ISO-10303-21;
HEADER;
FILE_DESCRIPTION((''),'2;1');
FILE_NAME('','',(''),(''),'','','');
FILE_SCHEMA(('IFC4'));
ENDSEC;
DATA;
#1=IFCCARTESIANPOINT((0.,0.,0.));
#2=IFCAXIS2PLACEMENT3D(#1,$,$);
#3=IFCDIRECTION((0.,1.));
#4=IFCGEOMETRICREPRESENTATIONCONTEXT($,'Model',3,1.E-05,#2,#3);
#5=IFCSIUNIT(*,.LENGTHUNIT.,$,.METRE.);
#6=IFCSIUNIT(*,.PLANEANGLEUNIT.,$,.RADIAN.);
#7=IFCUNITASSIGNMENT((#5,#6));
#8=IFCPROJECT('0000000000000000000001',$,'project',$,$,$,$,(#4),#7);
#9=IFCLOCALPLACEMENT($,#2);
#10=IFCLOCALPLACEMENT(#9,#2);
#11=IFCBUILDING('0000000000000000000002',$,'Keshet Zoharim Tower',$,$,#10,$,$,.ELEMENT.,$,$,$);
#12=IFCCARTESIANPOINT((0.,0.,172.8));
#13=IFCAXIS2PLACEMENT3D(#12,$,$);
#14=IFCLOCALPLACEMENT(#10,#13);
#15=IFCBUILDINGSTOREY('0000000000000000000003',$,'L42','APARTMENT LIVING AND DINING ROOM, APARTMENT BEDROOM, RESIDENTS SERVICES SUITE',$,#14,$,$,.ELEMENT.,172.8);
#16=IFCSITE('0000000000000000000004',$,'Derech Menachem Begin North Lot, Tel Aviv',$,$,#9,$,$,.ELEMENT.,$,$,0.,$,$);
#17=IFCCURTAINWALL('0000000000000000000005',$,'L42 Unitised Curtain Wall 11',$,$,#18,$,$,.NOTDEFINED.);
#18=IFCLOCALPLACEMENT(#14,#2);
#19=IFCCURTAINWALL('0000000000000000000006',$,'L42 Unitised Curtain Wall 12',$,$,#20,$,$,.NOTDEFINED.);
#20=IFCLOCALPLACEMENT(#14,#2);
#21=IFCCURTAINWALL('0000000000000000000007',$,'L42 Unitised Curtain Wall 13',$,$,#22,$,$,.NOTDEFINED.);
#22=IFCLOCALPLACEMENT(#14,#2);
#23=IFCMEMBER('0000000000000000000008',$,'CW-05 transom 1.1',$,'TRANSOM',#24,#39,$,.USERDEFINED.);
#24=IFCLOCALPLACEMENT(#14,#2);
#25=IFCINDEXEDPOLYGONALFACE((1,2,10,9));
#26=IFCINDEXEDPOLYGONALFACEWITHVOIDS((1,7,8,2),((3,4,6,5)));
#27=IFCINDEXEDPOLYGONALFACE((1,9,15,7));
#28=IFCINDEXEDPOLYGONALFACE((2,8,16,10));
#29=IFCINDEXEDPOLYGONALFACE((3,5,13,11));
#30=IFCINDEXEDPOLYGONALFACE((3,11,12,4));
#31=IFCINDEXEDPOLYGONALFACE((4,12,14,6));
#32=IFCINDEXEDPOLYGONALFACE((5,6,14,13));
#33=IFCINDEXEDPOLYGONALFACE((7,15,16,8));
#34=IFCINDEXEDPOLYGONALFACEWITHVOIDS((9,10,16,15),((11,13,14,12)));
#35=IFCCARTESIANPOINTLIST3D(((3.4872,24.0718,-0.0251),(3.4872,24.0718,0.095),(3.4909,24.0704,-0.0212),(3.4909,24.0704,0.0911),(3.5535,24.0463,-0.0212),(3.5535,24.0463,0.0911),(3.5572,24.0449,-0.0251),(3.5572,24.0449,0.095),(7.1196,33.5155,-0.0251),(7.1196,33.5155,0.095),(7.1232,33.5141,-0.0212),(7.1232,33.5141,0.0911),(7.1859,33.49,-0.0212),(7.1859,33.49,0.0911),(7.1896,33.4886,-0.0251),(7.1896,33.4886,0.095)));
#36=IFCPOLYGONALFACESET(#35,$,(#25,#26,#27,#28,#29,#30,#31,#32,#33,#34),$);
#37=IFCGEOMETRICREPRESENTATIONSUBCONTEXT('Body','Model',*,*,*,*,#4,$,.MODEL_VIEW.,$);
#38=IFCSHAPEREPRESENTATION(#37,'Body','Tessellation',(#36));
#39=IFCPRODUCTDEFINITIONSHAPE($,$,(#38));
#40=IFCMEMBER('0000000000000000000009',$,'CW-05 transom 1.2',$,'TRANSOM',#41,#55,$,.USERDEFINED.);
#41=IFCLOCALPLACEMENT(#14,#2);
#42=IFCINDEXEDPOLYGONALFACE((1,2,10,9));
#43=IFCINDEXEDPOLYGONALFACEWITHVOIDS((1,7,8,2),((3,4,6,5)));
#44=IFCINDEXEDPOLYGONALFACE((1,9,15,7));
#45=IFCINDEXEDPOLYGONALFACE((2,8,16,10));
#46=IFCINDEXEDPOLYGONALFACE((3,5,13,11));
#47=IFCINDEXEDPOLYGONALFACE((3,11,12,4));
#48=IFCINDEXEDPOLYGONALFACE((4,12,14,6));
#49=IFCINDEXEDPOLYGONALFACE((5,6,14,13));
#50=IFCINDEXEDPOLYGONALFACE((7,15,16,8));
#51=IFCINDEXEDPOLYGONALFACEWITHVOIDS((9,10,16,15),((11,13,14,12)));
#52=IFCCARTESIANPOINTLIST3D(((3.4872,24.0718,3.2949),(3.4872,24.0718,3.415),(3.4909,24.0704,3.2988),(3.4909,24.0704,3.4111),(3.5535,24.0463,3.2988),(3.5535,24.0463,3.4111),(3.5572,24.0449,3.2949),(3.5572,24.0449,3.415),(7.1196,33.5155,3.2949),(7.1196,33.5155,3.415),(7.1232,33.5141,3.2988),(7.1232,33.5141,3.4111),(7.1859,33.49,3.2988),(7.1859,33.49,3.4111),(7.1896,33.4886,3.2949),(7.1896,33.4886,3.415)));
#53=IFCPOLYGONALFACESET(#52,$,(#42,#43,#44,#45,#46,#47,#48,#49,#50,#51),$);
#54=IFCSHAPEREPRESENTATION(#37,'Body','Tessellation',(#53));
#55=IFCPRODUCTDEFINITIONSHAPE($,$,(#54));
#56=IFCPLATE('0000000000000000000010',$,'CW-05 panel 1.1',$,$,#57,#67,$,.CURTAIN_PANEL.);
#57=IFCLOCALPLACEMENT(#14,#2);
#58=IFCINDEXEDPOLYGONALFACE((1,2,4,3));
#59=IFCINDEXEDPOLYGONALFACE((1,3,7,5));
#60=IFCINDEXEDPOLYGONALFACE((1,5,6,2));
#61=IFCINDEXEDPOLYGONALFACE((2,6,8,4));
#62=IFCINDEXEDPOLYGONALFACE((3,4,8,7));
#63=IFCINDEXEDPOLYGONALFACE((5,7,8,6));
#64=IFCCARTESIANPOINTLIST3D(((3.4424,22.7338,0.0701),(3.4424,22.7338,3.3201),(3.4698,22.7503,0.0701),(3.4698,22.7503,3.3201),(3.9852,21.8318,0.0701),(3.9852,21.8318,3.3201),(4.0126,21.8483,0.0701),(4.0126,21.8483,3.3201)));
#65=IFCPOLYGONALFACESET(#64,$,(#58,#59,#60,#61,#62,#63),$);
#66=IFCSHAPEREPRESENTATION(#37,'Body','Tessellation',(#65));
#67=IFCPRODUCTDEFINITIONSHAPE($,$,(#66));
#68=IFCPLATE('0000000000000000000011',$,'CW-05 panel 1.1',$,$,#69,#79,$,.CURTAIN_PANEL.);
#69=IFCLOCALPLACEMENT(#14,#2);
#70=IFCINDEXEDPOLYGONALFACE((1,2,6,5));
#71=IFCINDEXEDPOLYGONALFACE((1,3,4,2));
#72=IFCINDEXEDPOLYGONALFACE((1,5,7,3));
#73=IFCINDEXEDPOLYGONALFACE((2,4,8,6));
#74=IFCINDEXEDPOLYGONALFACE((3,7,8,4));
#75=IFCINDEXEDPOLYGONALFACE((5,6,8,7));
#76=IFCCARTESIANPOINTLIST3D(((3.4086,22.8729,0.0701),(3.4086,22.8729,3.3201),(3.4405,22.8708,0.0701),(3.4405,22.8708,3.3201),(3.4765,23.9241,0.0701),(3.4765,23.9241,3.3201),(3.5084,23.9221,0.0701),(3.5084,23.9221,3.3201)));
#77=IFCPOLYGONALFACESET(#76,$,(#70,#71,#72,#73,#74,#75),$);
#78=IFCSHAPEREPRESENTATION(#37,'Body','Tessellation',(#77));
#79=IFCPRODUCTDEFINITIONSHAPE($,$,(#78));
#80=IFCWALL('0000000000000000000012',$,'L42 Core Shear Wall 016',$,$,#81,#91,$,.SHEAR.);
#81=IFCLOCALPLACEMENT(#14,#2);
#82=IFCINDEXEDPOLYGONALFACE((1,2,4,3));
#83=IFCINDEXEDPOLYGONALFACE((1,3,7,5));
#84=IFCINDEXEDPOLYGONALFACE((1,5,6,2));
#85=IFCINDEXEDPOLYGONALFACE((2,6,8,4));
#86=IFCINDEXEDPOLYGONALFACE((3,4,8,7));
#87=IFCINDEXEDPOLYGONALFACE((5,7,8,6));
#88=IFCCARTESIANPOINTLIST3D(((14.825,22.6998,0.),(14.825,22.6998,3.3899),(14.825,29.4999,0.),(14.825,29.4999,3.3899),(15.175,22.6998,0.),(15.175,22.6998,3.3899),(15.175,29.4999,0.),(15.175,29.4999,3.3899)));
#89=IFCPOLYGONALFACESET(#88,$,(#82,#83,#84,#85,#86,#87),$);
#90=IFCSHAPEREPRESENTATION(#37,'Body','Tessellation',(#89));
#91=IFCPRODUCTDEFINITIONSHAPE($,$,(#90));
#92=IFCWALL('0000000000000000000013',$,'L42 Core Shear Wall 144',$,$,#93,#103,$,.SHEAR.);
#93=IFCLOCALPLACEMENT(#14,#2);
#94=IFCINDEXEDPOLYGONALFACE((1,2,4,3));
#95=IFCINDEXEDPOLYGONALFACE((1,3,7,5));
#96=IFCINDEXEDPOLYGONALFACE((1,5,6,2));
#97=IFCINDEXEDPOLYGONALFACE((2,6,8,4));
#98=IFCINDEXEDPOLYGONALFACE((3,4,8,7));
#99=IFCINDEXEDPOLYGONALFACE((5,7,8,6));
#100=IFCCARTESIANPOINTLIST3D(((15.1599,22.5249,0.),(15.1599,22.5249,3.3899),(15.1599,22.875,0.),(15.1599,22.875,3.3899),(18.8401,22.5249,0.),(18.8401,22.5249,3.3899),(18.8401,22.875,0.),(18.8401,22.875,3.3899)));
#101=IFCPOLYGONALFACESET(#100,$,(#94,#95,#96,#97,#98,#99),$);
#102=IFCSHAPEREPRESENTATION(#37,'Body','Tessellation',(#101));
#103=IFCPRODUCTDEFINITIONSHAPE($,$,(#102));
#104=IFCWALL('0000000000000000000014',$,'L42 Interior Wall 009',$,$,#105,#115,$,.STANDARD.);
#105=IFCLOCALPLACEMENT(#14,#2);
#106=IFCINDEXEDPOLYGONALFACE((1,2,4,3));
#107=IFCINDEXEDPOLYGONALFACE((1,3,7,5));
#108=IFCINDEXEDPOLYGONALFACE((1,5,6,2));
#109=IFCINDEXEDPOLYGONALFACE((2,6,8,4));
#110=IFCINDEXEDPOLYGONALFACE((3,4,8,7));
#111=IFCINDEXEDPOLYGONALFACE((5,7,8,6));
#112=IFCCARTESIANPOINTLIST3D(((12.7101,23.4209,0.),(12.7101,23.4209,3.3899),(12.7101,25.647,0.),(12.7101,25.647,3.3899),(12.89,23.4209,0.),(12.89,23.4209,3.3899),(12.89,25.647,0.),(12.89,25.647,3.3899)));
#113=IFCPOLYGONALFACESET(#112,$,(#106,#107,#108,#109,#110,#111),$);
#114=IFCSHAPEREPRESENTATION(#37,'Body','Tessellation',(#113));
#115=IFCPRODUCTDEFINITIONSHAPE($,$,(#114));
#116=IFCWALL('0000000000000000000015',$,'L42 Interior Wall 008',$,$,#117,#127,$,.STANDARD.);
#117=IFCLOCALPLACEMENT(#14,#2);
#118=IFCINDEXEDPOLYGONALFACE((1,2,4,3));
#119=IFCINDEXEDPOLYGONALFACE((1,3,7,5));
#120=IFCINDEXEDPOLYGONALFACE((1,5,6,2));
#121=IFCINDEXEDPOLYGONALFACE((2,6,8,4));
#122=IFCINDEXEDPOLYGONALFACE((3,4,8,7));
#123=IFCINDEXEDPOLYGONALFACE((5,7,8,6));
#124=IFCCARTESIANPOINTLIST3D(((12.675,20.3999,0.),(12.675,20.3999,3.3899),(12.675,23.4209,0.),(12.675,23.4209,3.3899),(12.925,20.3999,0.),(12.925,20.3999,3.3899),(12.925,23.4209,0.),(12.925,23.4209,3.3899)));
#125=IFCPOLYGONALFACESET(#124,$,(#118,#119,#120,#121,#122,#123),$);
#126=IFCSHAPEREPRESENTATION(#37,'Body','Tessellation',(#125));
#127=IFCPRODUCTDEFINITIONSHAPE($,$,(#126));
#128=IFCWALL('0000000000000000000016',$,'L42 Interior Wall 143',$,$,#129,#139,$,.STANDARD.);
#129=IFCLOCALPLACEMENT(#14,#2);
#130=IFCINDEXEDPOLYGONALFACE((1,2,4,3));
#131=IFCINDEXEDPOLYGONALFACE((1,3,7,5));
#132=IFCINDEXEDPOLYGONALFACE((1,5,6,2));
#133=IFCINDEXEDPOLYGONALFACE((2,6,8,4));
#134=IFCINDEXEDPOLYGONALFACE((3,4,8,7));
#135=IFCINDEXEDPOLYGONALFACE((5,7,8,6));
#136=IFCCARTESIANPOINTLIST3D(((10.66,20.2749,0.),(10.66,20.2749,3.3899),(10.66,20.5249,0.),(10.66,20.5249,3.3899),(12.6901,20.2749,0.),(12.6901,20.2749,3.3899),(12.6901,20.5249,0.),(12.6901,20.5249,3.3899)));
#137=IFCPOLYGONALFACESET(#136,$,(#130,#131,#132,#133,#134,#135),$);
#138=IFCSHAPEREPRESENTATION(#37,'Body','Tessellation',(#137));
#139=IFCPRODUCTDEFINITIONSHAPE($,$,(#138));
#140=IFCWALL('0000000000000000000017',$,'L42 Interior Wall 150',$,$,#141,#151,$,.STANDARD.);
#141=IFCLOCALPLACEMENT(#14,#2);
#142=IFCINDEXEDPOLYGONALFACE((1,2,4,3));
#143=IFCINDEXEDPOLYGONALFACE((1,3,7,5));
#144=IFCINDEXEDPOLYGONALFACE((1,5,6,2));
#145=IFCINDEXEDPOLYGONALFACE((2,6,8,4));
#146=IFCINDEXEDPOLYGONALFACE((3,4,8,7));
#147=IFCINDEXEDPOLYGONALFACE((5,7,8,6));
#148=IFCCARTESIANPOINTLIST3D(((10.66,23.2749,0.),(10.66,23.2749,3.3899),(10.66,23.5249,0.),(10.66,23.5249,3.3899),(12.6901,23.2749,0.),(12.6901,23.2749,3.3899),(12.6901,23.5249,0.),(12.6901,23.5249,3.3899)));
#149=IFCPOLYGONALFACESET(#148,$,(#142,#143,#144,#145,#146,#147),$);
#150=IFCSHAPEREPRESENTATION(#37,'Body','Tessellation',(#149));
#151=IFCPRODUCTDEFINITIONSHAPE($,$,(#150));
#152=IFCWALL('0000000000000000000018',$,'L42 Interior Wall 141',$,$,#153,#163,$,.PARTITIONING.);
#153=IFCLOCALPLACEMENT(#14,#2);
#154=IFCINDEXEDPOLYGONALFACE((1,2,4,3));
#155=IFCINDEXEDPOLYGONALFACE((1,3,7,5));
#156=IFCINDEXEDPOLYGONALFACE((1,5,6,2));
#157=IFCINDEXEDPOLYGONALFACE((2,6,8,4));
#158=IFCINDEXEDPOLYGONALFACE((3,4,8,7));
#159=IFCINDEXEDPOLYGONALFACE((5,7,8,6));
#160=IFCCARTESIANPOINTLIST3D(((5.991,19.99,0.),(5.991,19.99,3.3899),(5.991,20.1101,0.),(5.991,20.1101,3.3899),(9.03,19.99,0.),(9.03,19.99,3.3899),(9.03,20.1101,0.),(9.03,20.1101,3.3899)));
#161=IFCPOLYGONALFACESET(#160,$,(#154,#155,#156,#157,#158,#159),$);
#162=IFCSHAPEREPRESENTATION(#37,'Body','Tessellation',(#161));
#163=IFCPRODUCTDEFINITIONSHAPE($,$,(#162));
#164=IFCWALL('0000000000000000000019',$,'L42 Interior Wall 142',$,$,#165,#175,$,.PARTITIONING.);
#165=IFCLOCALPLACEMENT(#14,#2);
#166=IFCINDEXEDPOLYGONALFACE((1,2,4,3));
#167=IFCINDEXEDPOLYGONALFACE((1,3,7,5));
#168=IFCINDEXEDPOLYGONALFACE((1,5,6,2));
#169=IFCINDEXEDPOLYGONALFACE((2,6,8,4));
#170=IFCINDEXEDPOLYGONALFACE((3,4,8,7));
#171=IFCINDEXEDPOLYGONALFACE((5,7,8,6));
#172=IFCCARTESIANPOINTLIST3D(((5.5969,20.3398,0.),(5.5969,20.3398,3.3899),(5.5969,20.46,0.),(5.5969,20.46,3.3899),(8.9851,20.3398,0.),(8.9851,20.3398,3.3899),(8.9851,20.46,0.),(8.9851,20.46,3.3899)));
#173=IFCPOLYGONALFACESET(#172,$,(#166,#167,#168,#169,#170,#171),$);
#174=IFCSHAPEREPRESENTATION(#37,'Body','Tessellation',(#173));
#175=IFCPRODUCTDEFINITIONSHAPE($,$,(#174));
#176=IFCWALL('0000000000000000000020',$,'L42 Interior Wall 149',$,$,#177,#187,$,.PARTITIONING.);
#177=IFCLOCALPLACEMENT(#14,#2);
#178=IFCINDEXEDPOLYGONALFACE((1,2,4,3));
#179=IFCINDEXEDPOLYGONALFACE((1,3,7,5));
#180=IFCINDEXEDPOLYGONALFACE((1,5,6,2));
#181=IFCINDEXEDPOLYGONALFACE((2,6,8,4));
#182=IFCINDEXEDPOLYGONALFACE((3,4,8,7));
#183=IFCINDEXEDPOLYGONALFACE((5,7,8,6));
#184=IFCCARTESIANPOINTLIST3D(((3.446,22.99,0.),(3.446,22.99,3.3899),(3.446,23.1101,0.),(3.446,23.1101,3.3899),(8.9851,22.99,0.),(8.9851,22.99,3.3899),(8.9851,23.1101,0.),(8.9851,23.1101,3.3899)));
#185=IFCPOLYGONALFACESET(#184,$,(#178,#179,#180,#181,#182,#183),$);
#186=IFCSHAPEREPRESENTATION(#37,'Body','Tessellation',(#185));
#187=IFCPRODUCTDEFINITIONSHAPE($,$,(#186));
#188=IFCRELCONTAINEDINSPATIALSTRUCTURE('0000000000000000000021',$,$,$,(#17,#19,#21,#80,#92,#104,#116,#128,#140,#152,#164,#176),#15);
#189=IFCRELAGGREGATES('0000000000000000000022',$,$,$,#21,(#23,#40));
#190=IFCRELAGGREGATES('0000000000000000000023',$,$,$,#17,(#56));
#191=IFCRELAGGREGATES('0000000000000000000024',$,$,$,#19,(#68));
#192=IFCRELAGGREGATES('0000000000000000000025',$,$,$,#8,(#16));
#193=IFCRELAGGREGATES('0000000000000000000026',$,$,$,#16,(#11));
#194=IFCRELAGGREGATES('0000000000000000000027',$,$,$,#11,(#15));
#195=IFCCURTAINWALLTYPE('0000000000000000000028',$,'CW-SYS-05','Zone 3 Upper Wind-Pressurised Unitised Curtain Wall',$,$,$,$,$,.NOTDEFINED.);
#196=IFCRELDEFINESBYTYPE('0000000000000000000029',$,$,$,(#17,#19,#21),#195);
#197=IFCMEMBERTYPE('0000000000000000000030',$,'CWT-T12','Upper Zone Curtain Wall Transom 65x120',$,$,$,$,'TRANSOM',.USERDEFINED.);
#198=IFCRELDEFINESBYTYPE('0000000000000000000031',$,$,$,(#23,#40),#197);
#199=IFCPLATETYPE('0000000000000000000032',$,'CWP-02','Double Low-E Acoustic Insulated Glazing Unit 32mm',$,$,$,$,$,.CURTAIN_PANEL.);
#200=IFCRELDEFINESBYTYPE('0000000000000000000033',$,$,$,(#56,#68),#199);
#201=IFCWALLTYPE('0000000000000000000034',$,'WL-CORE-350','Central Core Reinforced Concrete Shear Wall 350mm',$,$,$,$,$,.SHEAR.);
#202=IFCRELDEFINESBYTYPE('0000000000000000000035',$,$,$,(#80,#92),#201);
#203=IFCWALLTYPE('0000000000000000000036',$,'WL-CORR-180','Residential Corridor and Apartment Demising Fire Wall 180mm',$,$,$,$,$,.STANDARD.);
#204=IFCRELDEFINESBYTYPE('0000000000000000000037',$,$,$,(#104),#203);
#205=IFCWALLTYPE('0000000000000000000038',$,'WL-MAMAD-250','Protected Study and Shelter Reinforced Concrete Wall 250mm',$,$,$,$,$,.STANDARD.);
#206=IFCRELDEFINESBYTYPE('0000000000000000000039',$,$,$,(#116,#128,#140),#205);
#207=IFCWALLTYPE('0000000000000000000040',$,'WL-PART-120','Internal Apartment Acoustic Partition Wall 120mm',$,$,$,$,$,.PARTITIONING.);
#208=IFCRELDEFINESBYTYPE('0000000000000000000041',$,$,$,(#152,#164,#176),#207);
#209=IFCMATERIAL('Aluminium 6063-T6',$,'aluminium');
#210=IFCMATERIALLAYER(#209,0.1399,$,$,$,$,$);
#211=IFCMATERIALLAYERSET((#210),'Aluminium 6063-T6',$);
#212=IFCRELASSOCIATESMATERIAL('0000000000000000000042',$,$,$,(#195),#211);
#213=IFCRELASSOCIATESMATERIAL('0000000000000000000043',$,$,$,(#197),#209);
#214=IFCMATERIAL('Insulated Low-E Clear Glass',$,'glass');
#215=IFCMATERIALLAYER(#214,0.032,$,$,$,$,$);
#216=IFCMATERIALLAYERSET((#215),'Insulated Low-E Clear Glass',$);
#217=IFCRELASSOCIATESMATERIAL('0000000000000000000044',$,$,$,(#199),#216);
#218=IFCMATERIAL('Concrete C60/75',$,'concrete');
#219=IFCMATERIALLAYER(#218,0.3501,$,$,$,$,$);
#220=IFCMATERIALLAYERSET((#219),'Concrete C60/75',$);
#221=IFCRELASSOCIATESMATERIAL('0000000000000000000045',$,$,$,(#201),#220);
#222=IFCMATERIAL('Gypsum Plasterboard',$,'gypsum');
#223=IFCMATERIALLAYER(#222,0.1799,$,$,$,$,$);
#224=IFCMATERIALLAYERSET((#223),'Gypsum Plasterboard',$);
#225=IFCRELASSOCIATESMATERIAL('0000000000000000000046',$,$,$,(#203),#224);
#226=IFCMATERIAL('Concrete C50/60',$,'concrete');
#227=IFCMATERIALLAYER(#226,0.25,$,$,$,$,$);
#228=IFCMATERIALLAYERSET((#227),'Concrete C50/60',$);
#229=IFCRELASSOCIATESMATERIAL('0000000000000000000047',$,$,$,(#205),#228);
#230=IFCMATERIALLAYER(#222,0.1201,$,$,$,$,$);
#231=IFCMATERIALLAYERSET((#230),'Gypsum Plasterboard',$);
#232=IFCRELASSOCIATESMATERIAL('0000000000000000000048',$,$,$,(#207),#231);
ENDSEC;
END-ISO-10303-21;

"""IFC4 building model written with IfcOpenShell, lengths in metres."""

from ifc_helpers import new_model, si_unit, direction, frame, frame_2d, origin, origin_2d, place, context, subcontext, project, spatial, rectangle, hollow_rectangle, extrude, material, layer, layer_set, material_profile, profile_set, type_object, element, aggregate, save


model = new_model("IFC4")

# Units and contexts
model_context = context("Model", 3, precision=1e-05, world=origin(), true_north=direction((0.0, 1.0)))
body_context = subcontext(model_context, "Body", "Model", "MODEL_VIEW")
ifc_project = project(units=[si_unit("LENGTHUNIT", "METRE"), si_unit("PLANEANGLEUNIT", "RADIAN")], contexts=[model_context])

# Site, building, storey
site_placement = place(None, origin())
site = spatial("IfcSite", under=ifc_project, at=site_placement, Name="Derech Menachem Begin North Lot, Tel Aviv", CompositionType="ELEMENT", RefElevation=0.0)
building_placement = place(site_placement, origin())
building = spatial("IfcBuilding", under=site, at=building_placement, Name="Keshet Zoharim Tower", CompositionType="ELEMENT")
storey_placement = place(building_placement, frame((0.0, 0.0, 172.8)))
storey = spatial("IfcBuildingStorey", under=building, at=storey_placement, Name="L42", Description="APARTMENT LIVING AND DINING ROOM, APARTMENT BEDROOM, RESIDENTS SERVICES SUITE", CompositionType="ELEMENT", Elevation=172.8)

# Shared definitions
ifc_material_1 = material(Name="Concrete C60/75", Category="concrete")

# Shared definitions
ifc_material_2 = material(Name="Aluminium 6063-T6", Category="aluminium")
ifc_layer_1 = layer(ifc_material_2, 0.1399)
ifc_layer_set_1 = layer_set([ifc_layer_1], Name="Aluminium 6063-T6")
curtain_wall_type = type_object("IfcCurtainWallType", Name="CW-SYS-05", Description="Zone 3 Upper Wind-Pressurised Unitised Curtain Wall", PredefinedType="NOTDEFINED", material=ifc_layer_set_1)

# Curtain walls
curtain_wall_1_placement = place(storey_placement, origin())
curtain_wall_1 = element("IfcCurtainWall", 1, at=curtain_wall_1_placement, inside=storey, type_object=curtain_wall_type, Name="L42 Unitised Curtain Wall 11", PredefinedType="NOTDEFINED")
curtain_wall_2_placement = place(storey_placement, origin())
curtain_wall_2 = element("IfcCurtainWall", 2, at=curtain_wall_2_placement, inside=storey, type_object=curtain_wall_type, Name="L42 Unitised Curtain Wall 12", PredefinedType="NOTDEFINED")

# Curtain wall
curtain_wall_3_placement = place(storey_placement, origin())
curtain_wall_3 = element("IfcCurtainWall", 3, at=curtain_wall_3_placement, inside=storey, type_object=curtain_wall_type, Name="L42 Unitised Curtain Wall 13", PredefinedType="NOTDEFINED")

# Members
ifc_material_profile_1 = material_profile(ifc_material_2, hollow_rectangle(XDim=0.075, YDim=0.1201, WallThickness=0.0039, at=origin_2d()), Name="TRN-75x120")
ifc_profile_set_1 = profile_set([ifc_material_profile_1], Name="Aluminium 6063-T6")
member_type_1 = type_object("IfcMemberType", Name="CWT-T12", Description="Upper Zone Curtain Wall Transom 65x120", ElementType="TRANSOM", PredefinedType="USERDEFINED", material=ifc_profile_set_1)
member_1_placement = place(storey_placement, frame((3.5222, 24.0583, 0.0349), z_axis=(0.358994, 0.93334, 0.0), x_axis=(-0.93334, 0.358994, 0.0)))
member_1 = element("IfcMember", 4, at=member_1_placement, type_object=member_type_1, Name="CW-05 transom 1.1", ObjectType="TRANSOM", PredefinedType="USERDEFINED", context=body_context, shape_type="SweptSolid", body=[
    extrude(hollow_rectangle(XDim=0.075, YDim=0.1201, WallThickness=0.0039, at=origin_2d()), origin(), (0.0, 0.0, 1.0), 10.1182),
])
member_2_placement = place(storey_placement, frame((3.5222, 24.0583, 3.355), z_axis=(0.358994, 0.93334, 0.0), x_axis=(-0.93334, 0.358994, 0.0)))
member_2 = element("IfcMember", 5, at=member_2_placement, type_object=member_type_1, Name="CW-05 transom 1.2", ObjectType="TRANSOM", PredefinedType="USERDEFINED", context=body_context, shape_type="SweptSolid", body=[
    extrude(hollow_rectangle(XDim=0.075, YDim=0.1201, WallThickness=0.0039, at=origin_2d()), origin(), (0.0, 0.0, 1.0), 10.1182),
])
aggregate(curtain_wall_3, [member_1, member_2])

# Plates
ifc_material_3 = material(Name="Insulated Low-E Clear Glass", Category="glass")
ifc_layer_2 = layer(ifc_material_3, 0.032)
ifc_layer_set_2 = layer_set([ifc_layer_2], Name="Insulated Low-E Clear Glass")
plate_type = type_object("IfcPlateType", Name="CWP-02", Description="Double Low-E Acoustic Insulated Glazing Unit 32mm", PredefinedType="CURTAIN_PANEL", material=ifc_layer_set_2)
plate_1_placement = place(storey_placement, frame((3.7275, 22.291, 0.0701), z_axis=(0.0, 0.0, 1.0), x_axis=(-0.515605, 0.856826, 0.0)))
plate_1 = element("IfcPlate", 6, at=plate_1_placement, type_object=plate_type, Name="CW-05 panel 1.1", PredefinedType="CURTAIN_PANEL", context=body_context, shape_type="SweptSolid", body=[
    extrude(rectangle(XDim=1.0527, YDim=0.032, at=origin_2d()), origin(), (0.0, 0.0, 1.0), 3.25),
])
aggregate(curtain_wall_1, [plate_1])
plate_2_placement = place(storey_placement, frame((3.4585, 23.3975, 0.0701), z_axis=(0.0, 0.0, 1.0), x_axis=(0.064517, 0.997917, 0.0)))
plate_2 = element("IfcPlate", 7, at=plate_2_placement, type_object=plate_type, Name="CW-05 panel 1.1", PredefinedType="CURTAIN_PANEL", context=body_context, shape_type="SweptSolid", body=[
    extrude(rectangle(XDim=1.0535, YDim=0.032, at=origin_2d()), origin(), (0.0, 0.0, 1.0), 3.25),
])
aggregate(curtain_wall_2, [plate_2])

# Walls
ifc_layer_3 = layer(ifc_material_1, 0.3501)
ifc_layer_set_3 = layer_set([ifc_layer_3], Name="Concrete C60/75")
wall_type_1 = type_object("IfcWallType", Name="WL-CORE-350", Description="Central Core Reinforced Concrete Shear Wall 350mm", PredefinedType="SHEAR", material=ifc_layer_set_3)
wall_1_placement = place(storey_placement, frame((15.0, 22.7, 0.0), z_axis=(0.0, 0.0, 1.0), x_axis=(0.0, 1.0, 0.0)))
element("IfcWall", 8, at=wall_1_placement, inside=storey, type_object=wall_type_1, Name="L42 Core Shear Wall 016", PredefinedType="SHEAR", context=body_context, shape_type="SweptSolid", body=[
    extrude(rectangle(XDim=6.8, YDim=0.3501, at=frame_2d((3.3999, 0.0))), origin(), (0.0, 0.0, 1.0), 3.3899),
])
wall_2_placement = place(storey_placement, frame((15.1599, 22.7, 0.0), z_axis=(0.0, 0.0, 1.0), x_axis=(1.0, 0.0, 0.0)))
element("IfcWall", 9, at=wall_2_placement, inside=storey, type_object=wall_type_1, Name="L42 Core Shear Wall 144", PredefinedType="SHEAR", context=body_context, shape_type="SweptSolid", body=[
    extrude(rectangle(XDim=3.6802, YDim=0.3501, at=frame_2d((1.8401, 0.0))), origin(), (0.0, 0.0, 1.0), 3.3899),
])
ifc_material_4 = material(Name="Gypsum Plasterboard", Category="gypsum")
ifc_layer_4 = layer(ifc_material_4, 0.1799)
ifc_layer_set_4 = layer_set([ifc_layer_4], Name="Gypsum Plasterboard")
wall_type_2 = type_object("IfcWallType", Name="WL-CORR-180", Description="Residential Corridor and Apartment Demising Fire Wall 180mm", PredefinedType="STANDARD", material=ifc_layer_set_4)
wall_3_placement = place(storey_placement, frame((12.8, 23.4209, 0.0), z_axis=(0.0, 0.0, 1.0), x_axis=(0.0, 1.0, 0.0)))
element("IfcWall", 10, at=wall_3_placement, inside=storey, type_object=wall_type_2, Name="L42 Interior Wall 009", PredefinedType="STANDARD", context=body_context, shape_type="SweptSolid", body=[
    extrude(rectangle(XDim=2.2261, YDim=0.1799, at=frame_2d((1.113, 0.0))), origin(), (0.0, 0.0, 1.0), 3.3899),
])

# Shared definitions
ifc_material_5 = material(Name="Concrete C50/60", Category="concrete")
ifc_layer_5 = layer(ifc_material_5, 0.25)
ifc_layer_set_5 = layer_set([ifc_layer_5], Name="Concrete C50/60")
wall_type_3 = type_object("IfcWallType", Name="WL-MAMAD-250", Description="Protected Study and Shelter Reinforced Concrete Wall 250mm", PredefinedType="STANDARD", material=ifc_layer_set_5)

# Walls
wall_4_placement = place(storey_placement, frame((12.8, 20.3999, 0.0), z_axis=(0.0, 0.0, 1.0), x_axis=(0.0, 1.0, 0.0)))
element("IfcWall", 11, at=wall_4_placement, inside=storey, type_object=wall_type_3, Name="L42 Interior Wall 008", PredefinedType="STANDARD", context=body_context, shape_type="SweptSolid", body=[
    extrude(rectangle(XDim=3.021, YDim=0.25, at=frame_2d((1.5105, 0.0))), origin(), (0.0, 0.0, 1.0), 3.3899),
])
for number, where, z_axis, x_axis, name in (
    (12, (10.6599, 20.3999, 0.0), (0.0, 0.0, 1.0), (1.0, 0.0, 0.0), "L42 Interior Wall 143"),
    (13, (10.6599, 23.3999, 0.0), (0.0, 0.0, 1.0), (1.0, 0.0, 0.0), "L42 Interior Wall 150"),
):
    element("IfcWall", number, at=place(storey_placement, frame(where, z_axis=z_axis, x_axis=x_axis)), inside=storey, type_object=wall_type_3, Name=name, PredefinedType="STANDARD", context=body_context, shape_type="SweptSolid", body=[
        extrude(rectangle(XDim=2.03, YDim=0.25, at=frame_2d((1.0151, 0.0))), origin(), (0.0, 0.0, 1.0), 3.3899),
    ])

# Shared definitions
ifc_layer_6 = layer(ifc_material_4, 0.1201)
ifc_layer_set_6 = layer_set([ifc_layer_6], Name="Gypsum Plasterboard")
wall_type_4 = type_object("IfcWallType", Name="WL-PART-120", Description="Internal Apartment Acoustic Partition Wall 120mm", PredefinedType="PARTITIONING", material=ifc_layer_set_6)

# Walls
wall_5_placement = place(storey_placement, frame((5.991, 20.05, 0.0), z_axis=(0.0, 0.0, 1.0), x_axis=(1.0, 0.0, 0.0)))
element("IfcWall", 14, at=wall_5_placement, inside=storey, type_object=wall_type_4, Name="L42 Interior Wall 141", PredefinedType="PARTITIONING", context=body_context, shape_type="SweptSolid", body=[
    extrude(rectangle(XDim=3.0391, YDim=0.1201, at=frame_2d((1.5195, 0.0))), origin(), (0.0, 0.0, 1.0), 3.3899),
])
wall_6_placement = place(storey_placement, frame((5.5969, 20.3999, 0.0), z_axis=(0.0, 0.0, 1.0), x_axis=(1.0, 0.0, 0.0)))
element("IfcWall", 15, at=wall_6_placement, inside=storey, type_object=wall_type_4, Name="L42 Interior Wall 142", PredefinedType="PARTITIONING", context=body_context, shape_type="SweptSolid", body=[
    extrude(rectangle(XDim=3.3882, YDim=0.1201, at=frame_2d((1.6941, 0.0))), origin(), (0.0, 0.0, 1.0), 3.3899),
])
wall_7_placement = place(storey_placement, frame((3.446, 23.05, 0.0), z_axis=(0.0, 0.0, 1.0), x_axis=(1.0, 0.0, 0.0)))
element("IfcWall", 16, at=wall_7_placement, inside=storey, type_object=wall_type_4, Name="L42 Interior Wall 149", PredefinedType="PARTITIONING", context=body_context, shape_type="SweptSolid", body=[
    extrude(rectangle(XDim=5.5391, YDim=0.1201, at=frame_2d((2.7695, 0.0))), origin(), (0.0, 0.0, 1.0), 3.3899),
])

save(model, "model.ifc")
